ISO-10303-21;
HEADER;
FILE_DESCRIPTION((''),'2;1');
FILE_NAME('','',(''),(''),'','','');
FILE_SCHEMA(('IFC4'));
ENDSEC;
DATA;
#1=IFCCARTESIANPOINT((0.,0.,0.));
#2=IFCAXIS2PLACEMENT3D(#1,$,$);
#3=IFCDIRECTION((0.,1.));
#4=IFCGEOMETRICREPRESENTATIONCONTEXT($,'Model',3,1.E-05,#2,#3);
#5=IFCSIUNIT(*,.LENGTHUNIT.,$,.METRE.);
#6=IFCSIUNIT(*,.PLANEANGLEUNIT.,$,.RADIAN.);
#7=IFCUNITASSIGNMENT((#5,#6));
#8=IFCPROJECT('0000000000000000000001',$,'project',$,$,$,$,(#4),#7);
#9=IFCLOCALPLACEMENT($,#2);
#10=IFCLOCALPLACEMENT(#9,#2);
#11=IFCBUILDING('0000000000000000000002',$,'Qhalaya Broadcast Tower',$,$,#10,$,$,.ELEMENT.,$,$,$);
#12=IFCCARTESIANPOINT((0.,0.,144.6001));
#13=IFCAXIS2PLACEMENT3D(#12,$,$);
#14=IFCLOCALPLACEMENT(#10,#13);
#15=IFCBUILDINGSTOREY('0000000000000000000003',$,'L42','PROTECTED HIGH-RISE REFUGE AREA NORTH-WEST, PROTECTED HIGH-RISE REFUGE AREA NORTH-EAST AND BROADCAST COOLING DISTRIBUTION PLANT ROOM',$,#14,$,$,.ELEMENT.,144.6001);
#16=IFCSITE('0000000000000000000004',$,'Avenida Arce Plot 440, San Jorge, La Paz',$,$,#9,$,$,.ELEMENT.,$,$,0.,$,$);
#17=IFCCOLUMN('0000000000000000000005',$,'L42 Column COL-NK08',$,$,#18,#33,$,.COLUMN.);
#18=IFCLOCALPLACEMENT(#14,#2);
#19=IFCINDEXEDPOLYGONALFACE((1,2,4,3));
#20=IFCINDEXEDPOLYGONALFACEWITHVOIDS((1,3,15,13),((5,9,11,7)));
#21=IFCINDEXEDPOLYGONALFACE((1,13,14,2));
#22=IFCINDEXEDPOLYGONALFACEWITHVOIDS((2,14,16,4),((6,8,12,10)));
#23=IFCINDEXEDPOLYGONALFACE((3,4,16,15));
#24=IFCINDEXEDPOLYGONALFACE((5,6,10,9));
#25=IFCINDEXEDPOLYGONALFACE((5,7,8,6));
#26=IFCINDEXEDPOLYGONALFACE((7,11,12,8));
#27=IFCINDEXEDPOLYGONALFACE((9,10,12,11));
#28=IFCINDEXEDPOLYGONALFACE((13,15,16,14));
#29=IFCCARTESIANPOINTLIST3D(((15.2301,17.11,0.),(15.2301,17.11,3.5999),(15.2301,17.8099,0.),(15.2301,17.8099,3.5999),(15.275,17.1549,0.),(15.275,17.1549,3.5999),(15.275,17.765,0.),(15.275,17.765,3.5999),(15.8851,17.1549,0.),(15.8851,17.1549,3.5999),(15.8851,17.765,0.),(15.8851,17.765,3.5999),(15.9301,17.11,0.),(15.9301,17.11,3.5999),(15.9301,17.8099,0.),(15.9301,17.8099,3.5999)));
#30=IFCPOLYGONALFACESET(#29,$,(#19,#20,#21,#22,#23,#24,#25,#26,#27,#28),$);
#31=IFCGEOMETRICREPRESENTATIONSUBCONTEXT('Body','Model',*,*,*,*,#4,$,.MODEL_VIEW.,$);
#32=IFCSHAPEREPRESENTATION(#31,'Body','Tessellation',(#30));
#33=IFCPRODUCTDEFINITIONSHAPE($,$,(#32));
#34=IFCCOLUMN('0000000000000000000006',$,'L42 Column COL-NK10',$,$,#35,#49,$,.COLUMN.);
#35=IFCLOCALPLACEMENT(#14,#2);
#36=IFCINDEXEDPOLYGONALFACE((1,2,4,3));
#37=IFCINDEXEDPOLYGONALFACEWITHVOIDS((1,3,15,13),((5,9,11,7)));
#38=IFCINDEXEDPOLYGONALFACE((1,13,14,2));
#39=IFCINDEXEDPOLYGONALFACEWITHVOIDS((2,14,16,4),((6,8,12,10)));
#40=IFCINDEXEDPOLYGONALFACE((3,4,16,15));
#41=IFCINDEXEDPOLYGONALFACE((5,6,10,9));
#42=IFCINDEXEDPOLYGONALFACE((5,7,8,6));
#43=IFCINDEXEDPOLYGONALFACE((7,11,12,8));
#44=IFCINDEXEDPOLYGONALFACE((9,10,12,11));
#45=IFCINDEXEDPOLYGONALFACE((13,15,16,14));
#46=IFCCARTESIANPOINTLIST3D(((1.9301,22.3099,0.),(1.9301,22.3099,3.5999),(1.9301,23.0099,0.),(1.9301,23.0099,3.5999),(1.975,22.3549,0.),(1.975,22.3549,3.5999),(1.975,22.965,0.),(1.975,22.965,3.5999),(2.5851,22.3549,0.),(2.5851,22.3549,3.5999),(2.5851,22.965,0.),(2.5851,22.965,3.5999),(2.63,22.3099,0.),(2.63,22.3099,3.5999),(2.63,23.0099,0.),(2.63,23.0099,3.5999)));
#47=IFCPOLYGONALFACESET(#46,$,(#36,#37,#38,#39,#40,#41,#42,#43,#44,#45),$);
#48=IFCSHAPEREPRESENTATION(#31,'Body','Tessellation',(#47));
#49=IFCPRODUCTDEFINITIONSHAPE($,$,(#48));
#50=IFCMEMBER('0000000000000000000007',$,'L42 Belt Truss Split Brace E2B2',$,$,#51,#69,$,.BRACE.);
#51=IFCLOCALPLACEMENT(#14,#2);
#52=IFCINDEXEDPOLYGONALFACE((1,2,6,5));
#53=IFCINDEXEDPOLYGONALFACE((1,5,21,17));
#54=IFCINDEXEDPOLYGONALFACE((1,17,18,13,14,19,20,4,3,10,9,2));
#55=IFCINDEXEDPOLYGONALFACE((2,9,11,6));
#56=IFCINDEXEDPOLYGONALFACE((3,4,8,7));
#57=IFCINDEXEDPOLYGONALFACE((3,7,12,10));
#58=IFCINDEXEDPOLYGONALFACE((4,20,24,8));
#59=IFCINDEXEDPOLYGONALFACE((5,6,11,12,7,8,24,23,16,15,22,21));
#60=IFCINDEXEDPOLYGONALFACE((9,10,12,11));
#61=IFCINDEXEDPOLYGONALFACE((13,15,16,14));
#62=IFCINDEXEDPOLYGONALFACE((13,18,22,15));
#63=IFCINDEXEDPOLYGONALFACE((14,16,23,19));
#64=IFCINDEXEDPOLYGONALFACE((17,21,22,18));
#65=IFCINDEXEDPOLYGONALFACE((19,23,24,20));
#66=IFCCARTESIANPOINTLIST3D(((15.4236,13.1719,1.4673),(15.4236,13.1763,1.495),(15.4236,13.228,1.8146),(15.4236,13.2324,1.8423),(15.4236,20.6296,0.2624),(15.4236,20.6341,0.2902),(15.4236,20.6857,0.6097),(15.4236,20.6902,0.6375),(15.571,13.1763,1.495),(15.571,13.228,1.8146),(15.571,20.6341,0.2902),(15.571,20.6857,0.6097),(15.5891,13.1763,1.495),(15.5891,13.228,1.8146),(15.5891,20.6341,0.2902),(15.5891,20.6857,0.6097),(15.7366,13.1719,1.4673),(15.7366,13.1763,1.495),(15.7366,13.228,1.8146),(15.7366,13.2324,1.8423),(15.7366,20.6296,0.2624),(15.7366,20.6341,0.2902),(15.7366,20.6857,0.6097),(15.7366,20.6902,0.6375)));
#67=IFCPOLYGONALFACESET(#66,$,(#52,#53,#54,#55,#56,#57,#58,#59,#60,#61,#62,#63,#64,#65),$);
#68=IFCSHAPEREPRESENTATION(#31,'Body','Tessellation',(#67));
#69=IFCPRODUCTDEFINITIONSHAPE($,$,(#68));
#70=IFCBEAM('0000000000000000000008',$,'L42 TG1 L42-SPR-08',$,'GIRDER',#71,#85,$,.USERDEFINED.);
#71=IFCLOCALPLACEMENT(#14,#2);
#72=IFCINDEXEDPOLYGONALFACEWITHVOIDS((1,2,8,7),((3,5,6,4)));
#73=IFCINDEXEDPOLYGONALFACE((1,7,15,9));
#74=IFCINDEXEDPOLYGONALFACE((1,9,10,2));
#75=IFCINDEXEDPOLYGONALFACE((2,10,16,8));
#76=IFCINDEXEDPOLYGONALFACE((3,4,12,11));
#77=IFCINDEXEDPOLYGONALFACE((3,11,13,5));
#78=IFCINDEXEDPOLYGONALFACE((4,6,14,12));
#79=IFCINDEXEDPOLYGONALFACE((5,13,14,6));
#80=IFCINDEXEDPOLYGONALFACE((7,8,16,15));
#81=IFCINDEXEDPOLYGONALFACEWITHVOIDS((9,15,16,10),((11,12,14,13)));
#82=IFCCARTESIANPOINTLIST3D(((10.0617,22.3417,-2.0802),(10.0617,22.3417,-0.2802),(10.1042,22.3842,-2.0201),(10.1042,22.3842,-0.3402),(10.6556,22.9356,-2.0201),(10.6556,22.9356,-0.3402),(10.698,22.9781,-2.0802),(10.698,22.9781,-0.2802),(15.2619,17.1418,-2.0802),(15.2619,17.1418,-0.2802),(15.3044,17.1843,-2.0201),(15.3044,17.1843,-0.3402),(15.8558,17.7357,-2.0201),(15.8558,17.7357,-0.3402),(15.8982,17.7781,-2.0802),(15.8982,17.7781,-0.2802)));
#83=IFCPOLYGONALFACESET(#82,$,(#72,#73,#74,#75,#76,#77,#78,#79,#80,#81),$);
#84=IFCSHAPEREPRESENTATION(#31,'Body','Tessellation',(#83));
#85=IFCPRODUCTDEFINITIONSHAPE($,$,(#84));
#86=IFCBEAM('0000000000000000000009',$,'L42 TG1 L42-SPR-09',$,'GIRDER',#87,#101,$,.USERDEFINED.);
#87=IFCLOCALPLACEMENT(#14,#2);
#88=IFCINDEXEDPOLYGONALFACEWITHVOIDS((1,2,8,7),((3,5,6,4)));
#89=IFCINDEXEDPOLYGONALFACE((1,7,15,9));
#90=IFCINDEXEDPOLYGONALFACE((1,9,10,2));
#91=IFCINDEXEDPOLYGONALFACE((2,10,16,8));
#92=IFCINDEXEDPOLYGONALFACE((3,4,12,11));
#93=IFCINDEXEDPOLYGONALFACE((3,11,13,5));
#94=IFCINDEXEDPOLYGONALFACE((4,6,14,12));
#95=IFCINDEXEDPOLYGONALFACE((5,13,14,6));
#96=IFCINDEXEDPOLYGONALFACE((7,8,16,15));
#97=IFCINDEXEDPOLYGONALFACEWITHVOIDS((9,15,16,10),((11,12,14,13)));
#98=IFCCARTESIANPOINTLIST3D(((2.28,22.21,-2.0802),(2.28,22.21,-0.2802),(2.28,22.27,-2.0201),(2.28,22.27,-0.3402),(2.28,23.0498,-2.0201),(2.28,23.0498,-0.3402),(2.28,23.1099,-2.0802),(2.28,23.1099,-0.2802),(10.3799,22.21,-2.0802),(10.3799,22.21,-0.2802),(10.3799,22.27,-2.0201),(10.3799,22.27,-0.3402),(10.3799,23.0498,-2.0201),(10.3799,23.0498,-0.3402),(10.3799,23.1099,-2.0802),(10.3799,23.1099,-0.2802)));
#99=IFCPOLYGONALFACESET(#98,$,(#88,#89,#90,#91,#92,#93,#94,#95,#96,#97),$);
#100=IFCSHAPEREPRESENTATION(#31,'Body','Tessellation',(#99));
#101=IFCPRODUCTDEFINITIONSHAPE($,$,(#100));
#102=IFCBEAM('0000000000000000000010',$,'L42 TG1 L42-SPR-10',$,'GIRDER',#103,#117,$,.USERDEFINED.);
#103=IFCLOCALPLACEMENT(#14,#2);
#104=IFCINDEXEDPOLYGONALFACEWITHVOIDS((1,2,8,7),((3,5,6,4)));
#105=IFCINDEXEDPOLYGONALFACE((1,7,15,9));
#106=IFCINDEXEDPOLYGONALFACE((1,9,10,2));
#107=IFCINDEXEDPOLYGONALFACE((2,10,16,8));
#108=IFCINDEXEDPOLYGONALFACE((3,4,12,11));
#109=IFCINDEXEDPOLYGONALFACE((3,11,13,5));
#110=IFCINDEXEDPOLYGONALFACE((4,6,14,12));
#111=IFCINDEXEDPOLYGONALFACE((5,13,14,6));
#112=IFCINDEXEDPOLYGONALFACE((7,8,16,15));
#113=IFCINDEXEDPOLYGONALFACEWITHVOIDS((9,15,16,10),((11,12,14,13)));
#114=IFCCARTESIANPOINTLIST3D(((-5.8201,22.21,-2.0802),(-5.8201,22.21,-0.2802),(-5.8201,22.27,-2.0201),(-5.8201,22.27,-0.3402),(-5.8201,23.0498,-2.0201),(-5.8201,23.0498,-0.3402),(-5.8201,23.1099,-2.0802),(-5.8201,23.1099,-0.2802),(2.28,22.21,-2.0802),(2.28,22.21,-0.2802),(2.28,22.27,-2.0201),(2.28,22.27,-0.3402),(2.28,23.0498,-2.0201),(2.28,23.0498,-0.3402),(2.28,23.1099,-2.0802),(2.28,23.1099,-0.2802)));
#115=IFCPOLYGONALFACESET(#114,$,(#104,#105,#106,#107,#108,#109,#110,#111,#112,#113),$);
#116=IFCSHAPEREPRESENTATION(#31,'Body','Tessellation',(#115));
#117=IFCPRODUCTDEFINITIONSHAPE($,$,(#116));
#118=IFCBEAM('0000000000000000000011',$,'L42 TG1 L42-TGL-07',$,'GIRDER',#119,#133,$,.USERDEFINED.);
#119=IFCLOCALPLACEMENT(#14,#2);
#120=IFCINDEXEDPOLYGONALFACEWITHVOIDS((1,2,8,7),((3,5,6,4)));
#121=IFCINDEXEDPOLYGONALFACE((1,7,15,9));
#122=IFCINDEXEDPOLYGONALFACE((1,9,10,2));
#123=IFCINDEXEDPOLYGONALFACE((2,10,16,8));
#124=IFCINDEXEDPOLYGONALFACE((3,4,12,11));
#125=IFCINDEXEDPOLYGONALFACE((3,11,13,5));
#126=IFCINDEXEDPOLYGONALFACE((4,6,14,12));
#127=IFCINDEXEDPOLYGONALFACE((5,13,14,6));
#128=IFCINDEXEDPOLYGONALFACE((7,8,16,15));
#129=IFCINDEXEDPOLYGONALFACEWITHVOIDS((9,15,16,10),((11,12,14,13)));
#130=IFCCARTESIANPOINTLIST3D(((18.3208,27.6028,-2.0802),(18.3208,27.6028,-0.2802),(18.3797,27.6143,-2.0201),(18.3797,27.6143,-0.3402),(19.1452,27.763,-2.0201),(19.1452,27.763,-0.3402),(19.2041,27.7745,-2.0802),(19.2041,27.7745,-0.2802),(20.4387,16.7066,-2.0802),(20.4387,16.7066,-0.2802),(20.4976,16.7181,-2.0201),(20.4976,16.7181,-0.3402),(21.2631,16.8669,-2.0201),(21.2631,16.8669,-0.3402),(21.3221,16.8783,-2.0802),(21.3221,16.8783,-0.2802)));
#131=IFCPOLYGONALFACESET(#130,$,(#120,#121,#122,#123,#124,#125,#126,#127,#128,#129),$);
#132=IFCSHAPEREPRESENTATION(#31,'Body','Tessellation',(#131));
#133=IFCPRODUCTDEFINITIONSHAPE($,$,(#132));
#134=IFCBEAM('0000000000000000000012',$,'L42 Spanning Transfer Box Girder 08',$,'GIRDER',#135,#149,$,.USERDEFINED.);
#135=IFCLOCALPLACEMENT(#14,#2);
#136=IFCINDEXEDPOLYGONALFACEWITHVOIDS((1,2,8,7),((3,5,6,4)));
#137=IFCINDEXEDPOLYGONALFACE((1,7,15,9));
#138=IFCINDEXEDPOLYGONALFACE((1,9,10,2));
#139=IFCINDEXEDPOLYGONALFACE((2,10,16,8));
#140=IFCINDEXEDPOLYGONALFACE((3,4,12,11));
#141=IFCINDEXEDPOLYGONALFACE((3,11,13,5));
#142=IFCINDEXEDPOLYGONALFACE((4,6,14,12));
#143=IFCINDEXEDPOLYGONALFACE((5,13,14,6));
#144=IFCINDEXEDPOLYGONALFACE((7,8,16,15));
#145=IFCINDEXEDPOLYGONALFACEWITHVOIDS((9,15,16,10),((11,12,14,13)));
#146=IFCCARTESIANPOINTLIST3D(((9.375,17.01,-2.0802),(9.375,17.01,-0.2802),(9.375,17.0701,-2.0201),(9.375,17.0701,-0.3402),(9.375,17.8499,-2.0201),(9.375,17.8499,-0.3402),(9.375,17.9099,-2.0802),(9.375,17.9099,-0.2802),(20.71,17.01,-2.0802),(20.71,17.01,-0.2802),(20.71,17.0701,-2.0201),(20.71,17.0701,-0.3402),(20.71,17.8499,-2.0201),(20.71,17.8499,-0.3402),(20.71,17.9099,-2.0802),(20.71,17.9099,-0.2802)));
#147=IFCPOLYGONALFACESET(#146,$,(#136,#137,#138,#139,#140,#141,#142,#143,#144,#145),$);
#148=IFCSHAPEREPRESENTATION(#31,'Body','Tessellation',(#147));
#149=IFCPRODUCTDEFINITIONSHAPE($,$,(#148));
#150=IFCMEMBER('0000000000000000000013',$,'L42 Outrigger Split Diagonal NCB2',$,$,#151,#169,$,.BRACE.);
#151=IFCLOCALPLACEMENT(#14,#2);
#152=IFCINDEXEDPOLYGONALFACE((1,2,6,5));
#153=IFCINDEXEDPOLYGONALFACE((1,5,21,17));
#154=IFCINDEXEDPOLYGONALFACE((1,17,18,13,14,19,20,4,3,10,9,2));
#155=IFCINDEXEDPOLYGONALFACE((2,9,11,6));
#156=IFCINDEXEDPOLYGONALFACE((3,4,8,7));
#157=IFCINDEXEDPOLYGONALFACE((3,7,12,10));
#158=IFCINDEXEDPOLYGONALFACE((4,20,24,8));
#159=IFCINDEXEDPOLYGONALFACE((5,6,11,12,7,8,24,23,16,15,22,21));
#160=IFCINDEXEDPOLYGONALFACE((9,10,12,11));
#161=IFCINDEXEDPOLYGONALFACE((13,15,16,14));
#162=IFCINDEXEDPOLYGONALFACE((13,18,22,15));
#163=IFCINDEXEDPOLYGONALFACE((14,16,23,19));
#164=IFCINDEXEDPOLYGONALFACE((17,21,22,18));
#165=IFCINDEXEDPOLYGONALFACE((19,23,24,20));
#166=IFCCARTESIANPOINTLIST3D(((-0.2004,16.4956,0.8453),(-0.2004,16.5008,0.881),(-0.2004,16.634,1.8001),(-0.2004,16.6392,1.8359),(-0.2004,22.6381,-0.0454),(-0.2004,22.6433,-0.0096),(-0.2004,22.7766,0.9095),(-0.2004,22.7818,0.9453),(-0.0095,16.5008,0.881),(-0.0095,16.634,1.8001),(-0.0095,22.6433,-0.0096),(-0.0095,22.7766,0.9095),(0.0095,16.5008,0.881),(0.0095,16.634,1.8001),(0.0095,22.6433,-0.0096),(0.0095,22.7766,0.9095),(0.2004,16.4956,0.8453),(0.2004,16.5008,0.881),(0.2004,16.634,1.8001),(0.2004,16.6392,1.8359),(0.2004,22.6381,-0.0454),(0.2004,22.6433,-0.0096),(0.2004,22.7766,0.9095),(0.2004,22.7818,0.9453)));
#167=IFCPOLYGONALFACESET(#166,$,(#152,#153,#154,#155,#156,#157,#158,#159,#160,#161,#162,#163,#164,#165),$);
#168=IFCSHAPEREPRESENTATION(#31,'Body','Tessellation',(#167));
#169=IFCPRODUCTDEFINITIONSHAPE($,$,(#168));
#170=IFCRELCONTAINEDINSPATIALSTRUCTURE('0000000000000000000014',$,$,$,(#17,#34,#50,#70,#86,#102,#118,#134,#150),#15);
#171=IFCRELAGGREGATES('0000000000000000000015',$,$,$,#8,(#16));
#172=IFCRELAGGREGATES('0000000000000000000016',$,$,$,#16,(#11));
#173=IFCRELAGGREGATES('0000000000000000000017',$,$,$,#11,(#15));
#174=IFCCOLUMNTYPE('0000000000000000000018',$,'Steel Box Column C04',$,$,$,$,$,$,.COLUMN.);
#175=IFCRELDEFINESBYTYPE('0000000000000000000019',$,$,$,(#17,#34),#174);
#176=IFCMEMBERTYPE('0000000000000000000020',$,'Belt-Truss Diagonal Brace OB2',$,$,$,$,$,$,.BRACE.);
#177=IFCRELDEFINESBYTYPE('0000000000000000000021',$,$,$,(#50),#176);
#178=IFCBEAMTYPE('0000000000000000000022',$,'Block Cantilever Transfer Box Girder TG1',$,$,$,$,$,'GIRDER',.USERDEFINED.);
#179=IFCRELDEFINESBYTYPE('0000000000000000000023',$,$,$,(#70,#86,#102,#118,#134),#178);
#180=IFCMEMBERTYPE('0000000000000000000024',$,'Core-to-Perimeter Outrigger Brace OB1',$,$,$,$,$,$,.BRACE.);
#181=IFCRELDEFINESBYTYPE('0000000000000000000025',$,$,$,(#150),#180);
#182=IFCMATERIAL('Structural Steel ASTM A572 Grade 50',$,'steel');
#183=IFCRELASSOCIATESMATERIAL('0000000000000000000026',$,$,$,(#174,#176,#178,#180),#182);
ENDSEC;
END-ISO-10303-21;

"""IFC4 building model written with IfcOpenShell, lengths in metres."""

from ifc_helpers import new_model, si_unit, direction, frame, origin, origin_2d, place, context, subcontext, project, spatial, hollow_rectangle, i_section, extrude, material, material_profile, profile_set, type_object, element, save


model = new_model("IFC4")

# Units and contexts
model_context = context("Model", 3, precision=1e-05, world=origin(), true_north=direction((0.0, 1.0)))
body_context = subcontext(model_context, "Body", "Model", "MODEL_VIEW")
ifc_project = project(units=[si_unit("LENGTHUNIT", "METRE"), si_unit("PLANEANGLEUNIT", "RADIAN")], contexts=[model_context])

# Site, building, storey
site_placement = place(None, origin())
site = spatial("IfcSite", under=ifc_project, at=site_placement, Name="Avenida Arce Plot 440, San Jorge, La Paz", CompositionType="ELEMENT", RefElevation=0.0)
building_placement = place(site_placement, origin())
building = spatial("IfcBuilding", under=site, at=building_placement, Name="Qhalaya Broadcast Tower", CompositionType="ELEMENT")
storey_placement = place(building_placement, frame((0.0, 0.0, 144.6001)))
storey = spatial("IfcBuildingStorey", under=building, at=storey_placement, Name="L42", Description="PROTECTED HIGH-RISE REFUGE AREA NORTH-WEST, PROTECTED HIGH-RISE REFUGE AREA NORTH-EAST AND BROADCAST COOLING DISTRIBUTION PLANT ROOM", CompositionType="ELEMENT", Elevation=144.6001)

# Columns
ifc_material_1 = material(Name="Structural Steel ASTM A572 Grade 50", Category="steel")
ifc_material_profile_1 = material_profile(ifc_material_1, hollow_rectangle(XDim=0.7, YDim=0.7, WallThickness=0.0449, at=origin_2d()), Name="BOX 700x700x45")
ifc_profile_set_1 = profile_set([ifc_material_profile_1], Name="Structural Steel ASTM A572 Grade 50")
column_type = type_object("IfcColumnType", Name="Steel Box Column C04", PredefinedType="COLUMN", material=ifc_profile_set_1)
for number, where, z_axis, x_axis, name in (
    (1, (15.5801, 17.46, 0.0), (0.0, 0.0, 1.0), (0.0, 1.0, 0.0), "L42 Column COL-NK08"),
    (2, (2.28, 22.6599, 0.0), (0.0, 0.0, 1.0), (1.0, 0.0, 0.0), "L42 Column COL-NK10"),
):
    element("IfcColumn", number, at=place(storey_placement, frame(where, z_axis=z_axis, x_axis=x_axis)), inside=storey, type_object=column_type, Name=name, PredefinedType="COLUMN", context=body_context, shape_type="SweptSolid", body=[
        extrude(hollow_rectangle(XDim=0.7, YDim=0.7, WallThickness=0.0449, at=origin_2d()), origin(), (0.0, 0.0, 1.0), 3.5999),
    ])

# Member
ifc_material_profile_2 = material_profile(ifc_material_1, i_section(OverallWidth=0.313, OverallDepth=0.3799, WebThickness=0.0181, FlangeThickness=0.0281, at=origin_2d()), Name="W12X120")
ifc_profile_set_2 = profile_set([ifc_material_profile_2], Name="Structural Steel ASTM A572 Grade 50")
member_type_1 = type_object("IfcMemberType", Name="Belt-Truss Diagonal Brace OB2", PredefinedType="BRACE", material=ifc_profile_set_2)
member_1_placement = place(storey_placement, frame((15.5801, 13.2021, 1.6548), z_axis=(0.0, 0.9872, -0.159486), x_axis=(-1.0, 0.0, 0.0)))
element("IfcMember", 3, at=member_1_placement, inside=storey, type_object=member_type_1, Name="L42 Belt Truss Split Brace E2B2", PredefinedType="BRACE", context=body_context, shape_type="SweptSolid", body=[
    extrude(i_section(OverallWidth=0.313, OverallDepth=0.3799, WebThickness=0.0181, FlangeThickness=0.0281, at=origin_2d()), origin(), (0.0, 0.0, 1.0), 7.5544),
])

# Beams
ifc_material_profile_3 = material_profile(ifc_material_1, hollow_rectangle(XDim=0.8999, YDim=1.8, WallThickness=0.0601, at=origin_2d()), Name="BOX 900x1800x60")
ifc_profile_set_3 = profile_set([ifc_material_profile_3], Name="Structural Steel ASTM A572 Grade 50")
beam_type_1 = type_object("IfcBeamType", Name="Block Cantilever Transfer Box Girder TG1", ElementType="GIRDER", PredefinedType="USERDEFINED", material=ifc_profile_set_3)
beam_1_placement = place(storey_placement, frame((15.5801, 17.46, -1.1802), z_axis=(-0.707123, 0.70709, 0.0), x_axis=(-0.70709, -0.707123, 0.0)))
element("IfcBeam", 4, at=beam_1_placement, inside=storey, type_object=beam_type_1, Name="L42 TG1 L42-SPR-08", ObjectType="GIRDER", PredefinedType="USERDEFINED", context=body_context, shape_type="SweptSolid", body=[
    extrude(hollow_rectangle(XDim=0.8999, YDim=1.8, WallThickness=0.0601, at=origin_2d()), origin(), (0.0, 0.0, 1.0), 7.354),
])
beam_2_placement = place(storey_placement, frame((10.3799, 22.6599, -1.1802), z_axis=(-1.0, 0.0, 0.0), x_axis=(0.0, -1.0, 0.0)))
element("IfcBeam", 5, at=beam_2_placement, inside=storey, type_object=beam_type_1, Name="L42 TG1 L42-SPR-09", ObjectType="GIRDER", PredefinedType="USERDEFINED", context=body_context, shape_type="SweptSolid", body=[
    extrude(hollow_rectangle(XDim=0.8999, YDim=1.8, WallThickness=0.0601, at=origin_2d()), origin(), (0.0, 0.0, 1.0), 8.0999),
])
beam_3_placement = place(storey_placement, frame((2.28, 22.6599, -1.1802), z_axis=(-1.0, 0.0, 0.0), x_axis=(0.0, -1.0, 0.0)))
element("IfcBeam", 6, at=beam_3_placement, inside=storey, type_object=beam_type_1, Name="L42 TG1 L42-SPR-10", ObjectType="GIRDER", PredefinedType="USERDEFINED", context=body_context, shape_type="SweptSolid", body=[
    extrude(hollow_rectangle(XDim=0.8999, YDim=1.8, WallThickness=0.0601, at=origin_2d()), origin(), (0.0, 0.0, 1.0), 8.1001),
])
beam_4_placement = place(storey_placement, frame((20.8804, 16.7925, -1.1802), z_axis=(-0.190801, 0.981629, 0.0), x_axis=(-0.981629, -0.190801, 0.0)))
element("IfcBeam", 7, at=beam_4_placement, inside=storey, type_object=beam_type_1, Name="L42 TG1 L42-TGL-07", ObjectType="GIRDER", PredefinedType="USERDEFINED", context=body_context, shape_type="SweptSolid", body=[
    extrude(hollow_rectangle(XDim=0.8999, YDim=1.8, WallThickness=0.0601, at=origin_2d()), origin(), (0.0, 0.0, 1.0), 11.1001),
])
beam_5_placement = place(storey_placement, frame((9.375, 17.46, -1.1802), z_axis=(1.0, 0.0, 0.0), x_axis=(0.0, 1.0, 0.0)))
element("IfcBeam", 8, at=beam_5_placement, inside=storey, type_object=beam_type_1, Name="L42 Spanning Transfer Box Girder 08", ObjectType="GIRDER", PredefinedType="USERDEFINED", context=body_context, shape_type="SweptSolid", body=[
    extrude(hollow_rectangle(XDim=0.8999, YDim=1.8, WallThickness=0.0601, at=origin_2d()), origin(), (0.0, 0.0, 1.0), 11.335),
])

# Member
ifc_material_profile_4 = material_profile(ifc_material_1, i_section(OverallWidth=0.4009, OverallDepth=1.001, WebThickness=0.019, FlangeThickness=0.0361, at=origin_2d()), Name="W40X249")
ifc_profile_set_4 = profile_set([ifc_material_profile_4], Name="Structural Steel ASTM A572 Grade 50")
member_type_2 = type_object("IfcMemberType", Name="Core-to-Perimeter Outrigger Brace OB1", PredefinedType="BRACE", material=ifc_profile_set_4)
member_2_placement = place(storey_placement, frame((0.0, 16.5674, 1.3406), z_axis=(0.0, 0.989652, -0.143492), x_axis=(-1.0, 0.0, 0.0)))
element("IfcMember", 9, at=member_2_placement, inside=storey, type_object=member_type_2, Name="L42 Outrigger Split Diagonal NCB2", PredefinedType="BRACE", context=body_context, shape_type="SweptSolid", body=[
    extrude(i_section(OverallWidth=0.4009, OverallDepth=1.001, WebThickness=0.019, FlangeThickness=0.0361, at=origin_2d()), origin(), (0.0, 0.0, 1.0), 6.2068),
])

save(model, "model.ifc")
